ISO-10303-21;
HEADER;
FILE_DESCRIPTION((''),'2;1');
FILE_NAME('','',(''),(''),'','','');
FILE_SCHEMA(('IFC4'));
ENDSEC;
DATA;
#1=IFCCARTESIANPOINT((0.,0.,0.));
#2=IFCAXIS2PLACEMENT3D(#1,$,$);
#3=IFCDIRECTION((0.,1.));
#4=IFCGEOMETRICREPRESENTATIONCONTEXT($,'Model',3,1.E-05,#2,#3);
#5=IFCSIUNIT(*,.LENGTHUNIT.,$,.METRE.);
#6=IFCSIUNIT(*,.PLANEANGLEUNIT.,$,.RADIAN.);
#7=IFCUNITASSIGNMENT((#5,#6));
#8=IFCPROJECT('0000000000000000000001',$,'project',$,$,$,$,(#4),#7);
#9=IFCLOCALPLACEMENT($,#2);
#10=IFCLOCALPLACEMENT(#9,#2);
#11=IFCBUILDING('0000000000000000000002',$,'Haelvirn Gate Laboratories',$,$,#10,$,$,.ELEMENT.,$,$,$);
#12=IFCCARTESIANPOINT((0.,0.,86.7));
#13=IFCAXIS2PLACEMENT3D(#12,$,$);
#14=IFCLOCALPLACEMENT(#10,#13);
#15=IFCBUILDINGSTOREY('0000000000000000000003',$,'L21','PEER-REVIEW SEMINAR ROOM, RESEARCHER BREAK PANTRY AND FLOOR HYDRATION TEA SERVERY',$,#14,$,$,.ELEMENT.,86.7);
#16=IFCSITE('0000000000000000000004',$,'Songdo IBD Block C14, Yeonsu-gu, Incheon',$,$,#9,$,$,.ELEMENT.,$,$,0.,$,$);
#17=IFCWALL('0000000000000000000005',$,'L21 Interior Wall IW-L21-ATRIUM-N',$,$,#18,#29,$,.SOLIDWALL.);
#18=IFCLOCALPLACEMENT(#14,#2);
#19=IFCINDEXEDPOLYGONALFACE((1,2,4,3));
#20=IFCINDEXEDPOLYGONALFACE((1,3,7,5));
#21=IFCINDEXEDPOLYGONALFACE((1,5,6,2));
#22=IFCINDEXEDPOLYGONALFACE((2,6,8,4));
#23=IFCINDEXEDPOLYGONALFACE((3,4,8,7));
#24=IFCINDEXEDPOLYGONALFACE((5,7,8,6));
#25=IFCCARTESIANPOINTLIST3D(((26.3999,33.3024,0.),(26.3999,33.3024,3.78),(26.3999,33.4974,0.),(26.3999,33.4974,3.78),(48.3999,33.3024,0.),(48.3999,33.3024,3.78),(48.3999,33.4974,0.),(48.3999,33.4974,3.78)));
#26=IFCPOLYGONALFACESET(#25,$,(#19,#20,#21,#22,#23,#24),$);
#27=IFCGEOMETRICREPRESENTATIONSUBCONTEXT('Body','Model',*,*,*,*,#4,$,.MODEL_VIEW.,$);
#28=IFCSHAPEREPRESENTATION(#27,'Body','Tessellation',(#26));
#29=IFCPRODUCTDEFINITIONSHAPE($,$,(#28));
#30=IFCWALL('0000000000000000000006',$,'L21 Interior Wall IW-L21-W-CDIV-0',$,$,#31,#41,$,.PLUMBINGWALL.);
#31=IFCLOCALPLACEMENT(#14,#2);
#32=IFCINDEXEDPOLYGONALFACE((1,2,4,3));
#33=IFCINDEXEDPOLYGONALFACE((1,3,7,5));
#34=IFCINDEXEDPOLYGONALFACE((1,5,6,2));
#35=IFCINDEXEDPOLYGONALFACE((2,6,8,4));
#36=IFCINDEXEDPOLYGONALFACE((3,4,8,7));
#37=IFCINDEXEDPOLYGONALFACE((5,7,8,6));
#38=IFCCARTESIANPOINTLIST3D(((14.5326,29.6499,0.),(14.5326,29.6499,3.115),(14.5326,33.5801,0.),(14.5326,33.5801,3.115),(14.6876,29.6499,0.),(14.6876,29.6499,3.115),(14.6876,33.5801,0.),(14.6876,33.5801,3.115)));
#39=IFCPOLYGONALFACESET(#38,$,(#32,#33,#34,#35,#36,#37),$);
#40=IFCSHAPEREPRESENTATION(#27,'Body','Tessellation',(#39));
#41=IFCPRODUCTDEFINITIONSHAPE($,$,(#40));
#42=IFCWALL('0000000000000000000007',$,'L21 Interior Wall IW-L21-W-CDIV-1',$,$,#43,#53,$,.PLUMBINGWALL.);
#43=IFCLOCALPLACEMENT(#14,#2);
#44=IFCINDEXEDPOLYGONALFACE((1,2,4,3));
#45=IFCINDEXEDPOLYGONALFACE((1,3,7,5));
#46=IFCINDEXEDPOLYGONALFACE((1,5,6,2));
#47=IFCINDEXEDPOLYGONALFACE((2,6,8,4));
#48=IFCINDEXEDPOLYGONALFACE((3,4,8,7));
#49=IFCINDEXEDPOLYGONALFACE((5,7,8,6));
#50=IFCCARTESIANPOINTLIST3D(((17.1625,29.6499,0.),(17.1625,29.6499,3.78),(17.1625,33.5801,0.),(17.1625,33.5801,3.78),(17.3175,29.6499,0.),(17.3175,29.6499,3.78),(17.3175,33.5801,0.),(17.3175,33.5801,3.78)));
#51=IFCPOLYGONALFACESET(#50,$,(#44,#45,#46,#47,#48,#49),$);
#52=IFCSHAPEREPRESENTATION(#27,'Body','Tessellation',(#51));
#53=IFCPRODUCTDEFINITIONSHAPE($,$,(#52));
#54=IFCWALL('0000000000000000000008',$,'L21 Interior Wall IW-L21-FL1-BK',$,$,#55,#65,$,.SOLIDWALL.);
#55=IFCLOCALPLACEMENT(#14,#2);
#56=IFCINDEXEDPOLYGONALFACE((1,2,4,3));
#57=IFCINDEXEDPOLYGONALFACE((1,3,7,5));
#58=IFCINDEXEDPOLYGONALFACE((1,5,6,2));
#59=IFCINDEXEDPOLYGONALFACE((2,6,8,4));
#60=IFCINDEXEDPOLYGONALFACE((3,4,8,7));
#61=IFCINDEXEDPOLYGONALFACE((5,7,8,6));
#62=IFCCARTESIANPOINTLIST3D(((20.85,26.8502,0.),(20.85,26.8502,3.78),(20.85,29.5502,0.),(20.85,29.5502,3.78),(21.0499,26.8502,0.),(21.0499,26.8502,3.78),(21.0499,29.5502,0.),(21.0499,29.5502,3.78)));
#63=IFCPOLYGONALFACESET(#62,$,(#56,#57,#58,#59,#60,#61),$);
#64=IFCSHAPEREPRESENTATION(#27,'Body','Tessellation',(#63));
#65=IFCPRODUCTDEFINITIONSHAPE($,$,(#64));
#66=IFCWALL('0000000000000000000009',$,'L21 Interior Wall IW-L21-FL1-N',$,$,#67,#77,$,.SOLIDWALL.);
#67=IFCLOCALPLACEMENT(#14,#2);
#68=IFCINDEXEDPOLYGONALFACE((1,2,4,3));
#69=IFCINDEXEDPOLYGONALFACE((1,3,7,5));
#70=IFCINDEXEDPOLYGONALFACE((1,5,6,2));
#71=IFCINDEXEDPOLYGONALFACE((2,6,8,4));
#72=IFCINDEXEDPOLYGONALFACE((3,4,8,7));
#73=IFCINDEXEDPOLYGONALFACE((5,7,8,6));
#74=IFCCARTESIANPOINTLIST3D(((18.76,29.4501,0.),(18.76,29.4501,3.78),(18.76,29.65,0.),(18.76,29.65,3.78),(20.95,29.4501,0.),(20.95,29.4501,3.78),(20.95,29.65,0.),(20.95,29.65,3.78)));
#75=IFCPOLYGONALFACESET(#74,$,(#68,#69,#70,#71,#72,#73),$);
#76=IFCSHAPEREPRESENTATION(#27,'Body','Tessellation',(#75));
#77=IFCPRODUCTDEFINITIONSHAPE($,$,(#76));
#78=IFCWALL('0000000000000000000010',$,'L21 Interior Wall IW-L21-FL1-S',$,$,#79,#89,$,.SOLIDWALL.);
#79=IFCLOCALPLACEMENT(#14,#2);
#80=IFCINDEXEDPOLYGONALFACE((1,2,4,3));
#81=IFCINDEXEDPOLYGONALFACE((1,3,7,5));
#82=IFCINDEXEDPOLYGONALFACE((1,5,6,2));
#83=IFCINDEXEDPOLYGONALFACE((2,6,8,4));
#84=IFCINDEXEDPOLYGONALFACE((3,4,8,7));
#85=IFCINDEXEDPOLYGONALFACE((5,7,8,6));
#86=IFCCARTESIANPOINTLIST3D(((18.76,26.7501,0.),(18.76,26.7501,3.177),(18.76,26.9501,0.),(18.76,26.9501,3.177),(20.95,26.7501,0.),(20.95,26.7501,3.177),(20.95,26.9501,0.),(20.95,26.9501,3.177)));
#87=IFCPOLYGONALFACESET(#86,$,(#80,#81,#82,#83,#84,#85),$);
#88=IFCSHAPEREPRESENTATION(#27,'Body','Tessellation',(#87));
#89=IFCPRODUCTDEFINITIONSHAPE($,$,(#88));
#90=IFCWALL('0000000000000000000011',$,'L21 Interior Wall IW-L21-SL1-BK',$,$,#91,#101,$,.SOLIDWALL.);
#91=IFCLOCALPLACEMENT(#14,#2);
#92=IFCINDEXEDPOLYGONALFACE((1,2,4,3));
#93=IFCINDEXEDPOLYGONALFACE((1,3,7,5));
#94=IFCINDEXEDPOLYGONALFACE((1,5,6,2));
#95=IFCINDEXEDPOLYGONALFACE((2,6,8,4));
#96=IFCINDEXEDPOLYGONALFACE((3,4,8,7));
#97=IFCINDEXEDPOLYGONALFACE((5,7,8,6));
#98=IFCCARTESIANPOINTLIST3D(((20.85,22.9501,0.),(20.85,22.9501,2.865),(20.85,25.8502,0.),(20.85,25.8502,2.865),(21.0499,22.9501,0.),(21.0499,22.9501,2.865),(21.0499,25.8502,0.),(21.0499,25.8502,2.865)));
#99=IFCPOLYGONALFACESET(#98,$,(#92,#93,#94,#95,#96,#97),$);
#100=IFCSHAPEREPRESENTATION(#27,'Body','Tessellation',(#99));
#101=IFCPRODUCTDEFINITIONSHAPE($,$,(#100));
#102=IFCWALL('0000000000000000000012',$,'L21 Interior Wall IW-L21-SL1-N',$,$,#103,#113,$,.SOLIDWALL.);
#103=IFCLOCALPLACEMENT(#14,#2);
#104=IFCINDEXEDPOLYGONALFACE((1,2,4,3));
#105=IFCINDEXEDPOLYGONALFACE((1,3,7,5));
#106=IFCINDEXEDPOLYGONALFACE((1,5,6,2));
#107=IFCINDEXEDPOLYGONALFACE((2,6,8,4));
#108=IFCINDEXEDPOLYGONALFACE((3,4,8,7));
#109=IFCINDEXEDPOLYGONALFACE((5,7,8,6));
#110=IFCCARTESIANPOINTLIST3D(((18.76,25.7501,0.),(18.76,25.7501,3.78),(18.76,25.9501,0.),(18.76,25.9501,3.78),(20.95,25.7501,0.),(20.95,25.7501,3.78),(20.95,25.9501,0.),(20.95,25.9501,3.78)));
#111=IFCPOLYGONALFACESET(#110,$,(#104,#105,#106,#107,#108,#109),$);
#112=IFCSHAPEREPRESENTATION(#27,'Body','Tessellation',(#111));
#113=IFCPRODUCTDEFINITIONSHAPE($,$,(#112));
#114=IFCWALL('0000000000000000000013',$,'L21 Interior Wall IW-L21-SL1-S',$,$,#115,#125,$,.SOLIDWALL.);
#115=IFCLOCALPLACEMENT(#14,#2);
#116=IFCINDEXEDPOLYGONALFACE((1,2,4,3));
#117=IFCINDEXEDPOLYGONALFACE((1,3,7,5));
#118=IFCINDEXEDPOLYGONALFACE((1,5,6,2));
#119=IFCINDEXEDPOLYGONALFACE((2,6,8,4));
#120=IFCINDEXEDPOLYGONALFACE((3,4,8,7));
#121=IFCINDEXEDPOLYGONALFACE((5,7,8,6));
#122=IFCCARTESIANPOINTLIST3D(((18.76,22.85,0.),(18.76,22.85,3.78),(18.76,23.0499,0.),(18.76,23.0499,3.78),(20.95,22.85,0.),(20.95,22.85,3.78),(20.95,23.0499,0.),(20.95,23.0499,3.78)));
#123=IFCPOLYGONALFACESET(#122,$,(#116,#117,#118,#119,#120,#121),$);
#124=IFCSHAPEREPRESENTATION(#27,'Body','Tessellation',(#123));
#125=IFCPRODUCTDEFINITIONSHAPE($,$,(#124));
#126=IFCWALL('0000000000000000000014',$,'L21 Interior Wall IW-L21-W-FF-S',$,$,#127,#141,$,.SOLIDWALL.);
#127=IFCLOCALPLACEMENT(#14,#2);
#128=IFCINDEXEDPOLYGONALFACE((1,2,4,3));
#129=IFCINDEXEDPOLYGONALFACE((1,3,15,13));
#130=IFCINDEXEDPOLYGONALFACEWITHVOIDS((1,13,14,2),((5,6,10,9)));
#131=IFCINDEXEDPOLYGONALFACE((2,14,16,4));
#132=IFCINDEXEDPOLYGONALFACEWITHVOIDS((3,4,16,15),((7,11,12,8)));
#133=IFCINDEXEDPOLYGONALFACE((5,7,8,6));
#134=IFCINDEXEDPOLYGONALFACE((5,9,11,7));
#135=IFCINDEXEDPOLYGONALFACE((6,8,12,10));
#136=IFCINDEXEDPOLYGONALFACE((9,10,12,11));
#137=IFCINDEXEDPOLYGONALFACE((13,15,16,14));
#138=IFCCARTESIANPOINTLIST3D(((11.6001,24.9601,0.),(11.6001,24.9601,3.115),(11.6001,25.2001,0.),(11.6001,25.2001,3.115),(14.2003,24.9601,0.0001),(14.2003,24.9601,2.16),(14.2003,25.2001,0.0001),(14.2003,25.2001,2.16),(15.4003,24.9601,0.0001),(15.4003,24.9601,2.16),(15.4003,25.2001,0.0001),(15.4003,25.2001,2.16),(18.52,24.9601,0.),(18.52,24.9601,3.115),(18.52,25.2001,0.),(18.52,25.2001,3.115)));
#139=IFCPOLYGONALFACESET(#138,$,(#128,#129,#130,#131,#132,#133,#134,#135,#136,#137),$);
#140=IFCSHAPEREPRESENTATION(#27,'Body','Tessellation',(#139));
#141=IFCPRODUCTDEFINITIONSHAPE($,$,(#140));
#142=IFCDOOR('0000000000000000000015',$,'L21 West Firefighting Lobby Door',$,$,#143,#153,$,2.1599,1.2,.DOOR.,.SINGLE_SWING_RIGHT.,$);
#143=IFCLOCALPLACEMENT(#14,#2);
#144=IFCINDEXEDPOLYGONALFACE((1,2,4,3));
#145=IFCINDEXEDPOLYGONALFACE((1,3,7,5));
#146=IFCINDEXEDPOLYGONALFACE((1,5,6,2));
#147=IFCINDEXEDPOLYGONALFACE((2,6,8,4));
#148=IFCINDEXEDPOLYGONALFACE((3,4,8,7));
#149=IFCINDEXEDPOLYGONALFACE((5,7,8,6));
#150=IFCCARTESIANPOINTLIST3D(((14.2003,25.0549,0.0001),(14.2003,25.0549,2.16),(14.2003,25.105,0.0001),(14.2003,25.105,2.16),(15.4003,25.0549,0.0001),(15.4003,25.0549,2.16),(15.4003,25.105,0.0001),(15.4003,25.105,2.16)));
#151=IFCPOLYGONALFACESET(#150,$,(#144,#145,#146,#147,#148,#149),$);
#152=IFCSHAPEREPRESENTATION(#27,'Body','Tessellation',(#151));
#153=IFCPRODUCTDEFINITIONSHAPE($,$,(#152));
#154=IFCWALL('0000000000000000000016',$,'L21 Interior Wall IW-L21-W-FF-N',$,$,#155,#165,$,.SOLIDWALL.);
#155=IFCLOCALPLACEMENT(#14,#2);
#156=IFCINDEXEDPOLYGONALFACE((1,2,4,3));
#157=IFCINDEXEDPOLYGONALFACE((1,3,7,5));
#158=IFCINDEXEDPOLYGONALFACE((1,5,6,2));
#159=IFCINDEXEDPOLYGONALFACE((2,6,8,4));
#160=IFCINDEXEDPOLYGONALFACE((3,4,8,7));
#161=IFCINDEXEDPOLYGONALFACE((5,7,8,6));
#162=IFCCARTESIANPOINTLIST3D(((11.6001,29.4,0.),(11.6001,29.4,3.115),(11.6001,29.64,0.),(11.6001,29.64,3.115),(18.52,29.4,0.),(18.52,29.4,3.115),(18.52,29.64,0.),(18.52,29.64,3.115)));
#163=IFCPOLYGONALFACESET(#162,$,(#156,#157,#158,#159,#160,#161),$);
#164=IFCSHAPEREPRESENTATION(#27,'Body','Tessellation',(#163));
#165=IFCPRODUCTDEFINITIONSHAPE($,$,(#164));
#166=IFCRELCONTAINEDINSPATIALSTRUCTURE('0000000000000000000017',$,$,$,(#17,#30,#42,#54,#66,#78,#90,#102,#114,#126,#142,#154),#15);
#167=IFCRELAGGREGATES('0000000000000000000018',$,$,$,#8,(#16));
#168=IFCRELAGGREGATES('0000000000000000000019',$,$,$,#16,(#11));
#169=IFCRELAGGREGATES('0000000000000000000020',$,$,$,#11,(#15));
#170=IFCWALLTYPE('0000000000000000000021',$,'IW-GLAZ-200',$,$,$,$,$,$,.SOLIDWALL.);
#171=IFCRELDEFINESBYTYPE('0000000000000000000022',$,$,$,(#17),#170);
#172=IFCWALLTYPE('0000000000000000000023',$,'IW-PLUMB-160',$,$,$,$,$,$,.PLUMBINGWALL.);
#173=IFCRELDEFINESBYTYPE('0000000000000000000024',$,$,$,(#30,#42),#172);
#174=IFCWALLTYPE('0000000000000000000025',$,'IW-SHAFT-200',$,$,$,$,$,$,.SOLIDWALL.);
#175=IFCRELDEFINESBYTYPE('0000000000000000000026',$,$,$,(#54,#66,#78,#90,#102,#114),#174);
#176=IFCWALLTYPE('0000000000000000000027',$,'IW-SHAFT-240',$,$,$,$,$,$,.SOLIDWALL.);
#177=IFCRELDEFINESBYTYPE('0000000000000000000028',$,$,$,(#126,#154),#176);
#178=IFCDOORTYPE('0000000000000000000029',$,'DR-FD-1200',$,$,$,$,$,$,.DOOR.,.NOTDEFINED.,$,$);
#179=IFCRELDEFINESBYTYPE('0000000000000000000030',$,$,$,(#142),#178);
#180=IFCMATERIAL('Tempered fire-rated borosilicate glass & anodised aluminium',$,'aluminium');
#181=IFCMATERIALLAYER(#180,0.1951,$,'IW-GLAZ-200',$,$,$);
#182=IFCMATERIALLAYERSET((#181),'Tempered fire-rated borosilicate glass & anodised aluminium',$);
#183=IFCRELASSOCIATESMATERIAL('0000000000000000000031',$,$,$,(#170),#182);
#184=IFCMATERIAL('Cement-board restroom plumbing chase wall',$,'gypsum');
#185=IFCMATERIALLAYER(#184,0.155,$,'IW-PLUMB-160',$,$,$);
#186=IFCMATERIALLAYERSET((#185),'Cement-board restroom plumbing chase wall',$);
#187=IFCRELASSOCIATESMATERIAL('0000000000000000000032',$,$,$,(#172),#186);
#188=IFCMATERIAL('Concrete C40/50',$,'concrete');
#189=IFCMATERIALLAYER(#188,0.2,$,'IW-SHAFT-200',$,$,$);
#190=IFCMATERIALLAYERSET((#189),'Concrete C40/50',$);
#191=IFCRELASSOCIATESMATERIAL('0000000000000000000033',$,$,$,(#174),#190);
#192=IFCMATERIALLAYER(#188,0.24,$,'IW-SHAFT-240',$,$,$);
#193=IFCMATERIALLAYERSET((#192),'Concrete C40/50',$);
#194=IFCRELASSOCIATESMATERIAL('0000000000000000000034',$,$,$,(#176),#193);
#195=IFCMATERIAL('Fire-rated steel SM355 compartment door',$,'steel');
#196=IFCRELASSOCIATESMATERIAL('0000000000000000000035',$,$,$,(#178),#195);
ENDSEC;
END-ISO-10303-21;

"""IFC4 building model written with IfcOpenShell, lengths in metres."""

from ifc_helpers import new_model, si_unit, direction, frame, frame_2d, origin, place, context, subcontext, project, spatial, rectangle, extrude, source, transform, mapped, material, layer, layer_set, type_object, type_shapes, element, fill, save


model = new_model("IFC4")

# Units and contexts
model_context = context("Model", 3, precision=1e-05, world=origin(), true_north=direction((0.0, 1.0)))
body_context = subcontext(model_context, "Body", "Model", "MODEL_VIEW")
ifc_project = project(units=[si_unit("LENGTHUNIT", "METRE"), si_unit("PLANEANGLEUNIT", "RADIAN")], contexts=[model_context])

# Site, building, storey
site_placement = place(None, origin())
site = spatial("IfcSite", under=ifc_project, at=site_placement, Name="Songdo IBD Block C14, Yeonsu-gu, Incheon", CompositionType="ELEMENT", RefElevation=0.0)
building_placement = place(site_placement, origin())
building = spatial("IfcBuilding", under=site, at=building_placement, Name="Haelvirn Gate Laboratories", CompositionType="ELEMENT")
storey_placement = place(building_placement, frame((0.0, 0.0, 86.7)))
storey = spatial("IfcBuildingStorey", under=building, at=storey_placement, Name="L21", Description="PEER-REVIEW SEMINAR ROOM, RESEARCHER BREAK PANTRY AND FLOOR HYDRATION TEA SERVERY", CompositionType="ELEMENT", Elevation=86.7)

# Walls
ifc_material_1 = material(Name="Tempered fire-rated borosilicate glass & anodised aluminium", Category="aluminium")
ifc_layer_1 = layer(ifc_material_1, 0.1951, Name="IW-GLAZ-200")
ifc_layer_set_1 = layer_set([ifc_layer_1], Name="Tempered fire-rated borosilicate glass & anodised aluminium")
wall_type_1 = type_object("IfcWallType", Name="IW-GLAZ-200", PredefinedType="SOLIDWALL", material=ifc_layer_set_1)
wall_1_placement = place(storey_placement, frame((26.3999, 33.3999, 0.0), z_axis=(0.0, 0.0, 1.0), x_axis=(1.0, 0.0, 0.0)))
element("IfcWall", 1, at=wall_1_placement, inside=storey, type_object=wall_type_1, Name="L21 Interior Wall IW-L21-ATRIUM-N", PredefinedType="SOLIDWALL", context=body_context, shape_type="SweptSolid", body=[
    extrude(rectangle(XDim=22.0, YDim=0.1951, at=frame_2d((11.0, 0.0))), origin(), (0.0, 0.0, 1.0), 3.78),
])
ifc_material_2 = material(Name="Cement-board restroom plumbing chase wall", Category="gypsum")
ifc_layer_2 = layer(ifc_material_2, 0.155, Name="IW-PLUMB-160")
ifc_layer_set_2 = layer_set([ifc_layer_2], Name="Cement-board restroom plumbing chase wall")
wall_type_2 = type_object("IfcWallType", Name="IW-PLUMB-160", PredefinedType="PLUMBINGWALL", material=ifc_layer_set_2)
wall_2_placement = place(storey_placement, frame((14.6101, 29.6499, 0.0), z_axis=(0.0, 0.0, 1.0), x_axis=(0.0, 1.0, 0.0)))
element("IfcWall", 2, at=wall_2_placement, inside=storey, type_object=wall_type_2, Name="L21 Interior Wall IW-L21-W-CDIV-0", PredefinedType="PLUMBINGWALL", context=body_context, shape_type="SweptSolid", body=[
    extrude(rectangle(XDim=3.9302, YDim=0.155, at=frame_2d((1.9651, 0.0))), origin(), (0.0, 0.0, 1.0), 3.115),
])
wall_3_placement = place(storey_placement, frame((17.24, 29.6499, 0.0), z_axis=(0.0, 0.0, 1.0), x_axis=(0.0, 1.0, 0.0)))
element("IfcWall", 3, at=wall_3_placement, inside=storey, type_object=wall_type_2, Name="L21 Interior Wall IW-L21-W-CDIV-1", PredefinedType="PLUMBINGWALL", context=body_context, shape_type="SweptSolid", body=[
    extrude(rectangle(XDim=3.9302, YDim=0.155, at=frame_2d((1.9651, 0.0))), origin(), (0.0, 0.0, 1.0), 3.78),
])
ifc_material_3 = material(Name="Concrete C40/50", Category="concrete")
ifc_layer_3 = layer(ifc_material_3, 0.2, Name="IW-SHAFT-200")
ifc_layer_set_3 = layer_set([ifc_layer_3], Name="Concrete C40/50")
wall_type_3 = type_object("IfcWallType", Name="IW-SHAFT-200", PredefinedType="SOLIDWALL", material=ifc_layer_set_3)
wall_4_placement = place(storey_placement, frame((20.95, 26.8501, 0.0), z_axis=(0.0, 0.0, 1.0), x_axis=(0.0, 1.0, 0.0)))
element("IfcWall", 4, at=wall_4_placement, inside=storey, type_object=wall_type_3, Name="L21 Interior Wall IW-L21-FL1-BK", PredefinedType="SOLIDWALL", context=body_context, shape_type="SweptSolid", body=[
    extrude(rectangle(XDim=2.7, YDim=0.2, at=frame_2d((1.3501, 0.0))), origin(), (0.0, 0.0, 1.0), 3.78),
])
wall_5_placement = place(storey_placement, frame((18.76, 29.55, 0.0), z_axis=(0.0, 0.0, 1.0), x_axis=(1.0, 0.0, 0.0)))
element("IfcWall", 5, at=wall_5_placement, inside=storey, type_object=wall_type_3, Name="L21 Interior Wall IW-L21-FL1-N", PredefinedType="SOLIDWALL", context=body_context, shape_type="SweptSolid", body=[
    extrude(rectangle(XDim=2.1899, YDim=0.2, at=frame_2d((1.095, 0.0))), origin(), (0.0, 0.0, 1.0), 3.78),
])
wall_6_placement = place(storey_placement, frame((18.76, 26.8501, 0.0), z_axis=(0.0, 0.0, 1.0), x_axis=(1.0, 0.0, 0.0)))
element("IfcWall", 6, at=wall_6_placement, inside=storey, type_object=wall_type_3, Name="L21 Interior Wall IW-L21-FL1-S", PredefinedType="SOLIDWALL", context=body_context, shape_type="SweptSolid", body=[
    extrude(rectangle(XDim=2.1899, YDim=0.2, at=frame_2d((1.095, 0.0))), origin(), (0.0, 0.0, 1.0), 3.177),
])
wall_7_placement = place(storey_placement, frame((20.95, 22.95, 0.0), z_axis=(0.0, 0.0, 1.0), x_axis=(0.0, 1.0, 0.0)))
element("IfcWall", 7, at=wall_7_placement, inside=storey, type_object=wall_type_3, Name="L21 Interior Wall IW-L21-SL1-BK", PredefinedType="SOLIDWALL", context=body_context, shape_type="SweptSolid", body=[
    extrude(rectangle(XDim=2.9001, YDim=0.2, at=frame_2d((1.4502, 0.0))), origin(), (0.0, 0.0, 1.0), 2.865),
])
for number, where, z_axis, x_axis, name in (
    (8, (18.76, 25.8501, 0.0), (0.0, 0.0, 1.0), (1.0, 0.0, 0.0), "L21 Interior Wall IW-L21-SL1-N"),
    (9, (18.76, 22.95, 0.0), (0.0, 0.0, 1.0), (1.0, 0.0, 0.0), "L21 Interior Wall IW-L21-SL1-S"),
):
    element("IfcWall", number, at=place(storey_placement, frame(where, z_axis=z_axis, x_axis=x_axis)), inside=storey, type_object=wall_type_3, Name=name, PredefinedType="SOLIDWALL", context=body_context, shape_type="SweptSolid", body=[
        extrude(rectangle(XDim=2.1899, YDim=0.2, at=frame_2d((1.095, 0.0))), origin(), (0.0, 0.0, 1.0), 3.78),
    ])

# Wall, opening, door
ifc_layer_4 = layer(ifc_material_3, 0.24, Name="IW-SHAFT-240")
ifc_layer_set_4 = layer_set([ifc_layer_4], Name="Concrete C40/50")
wall_type_4 = type_object("IfcWallType", Name="IW-SHAFT-240", PredefinedType="SOLIDWALL", material=ifc_layer_set_4)
wall_8_placement = place(storey_placement, frame((11.6001, 25.0801, 0.0), z_axis=(0.0, 0.0, 1.0), x_axis=(1.0, 0.0, 0.0)))
wall_8 = element("IfcWall", 10, at=wall_8_placement, inside=storey, type_object=wall_type_4, Name="L21 Interior Wall IW-L21-W-FF-S", PredefinedType="SOLIDWALL", context=body_context, shape_type="SweptSolid", body=[
    extrude(rectangle(XDim=6.9199, YDim=0.24, at=frame_2d((3.46, 0.0))), origin(), (0.0, 0.0, 1.0), 3.115),
])
opening_1_placement = place(wall_8_placement, frame((2.6001, 0.0, 0.0)))
opening_1 = element("IfcOpeningElement", 11, at=opening_1_placement, cuts=wall_8, PredefinedType="OPENING", context=body_context, shape_type="SweptSolid", body=[
    extrude(rectangle(XDim=1.2, YDim=2.1599, at=frame_2d((0.6001, 1.0801))), frame((0.0, 0.1299, 0.0), z_axis=(0.0, -1.0, 0.0), x_axis=(1.0, 0.0, 0.0)), (0.0, 0.0, 1.0), 0.26),
])
ifc_material_4 = material(Name="Fire-rated steel SM355 compartment door", Category="steel")
door_type_1 = type_object("IfcDoorType", Name="DR-FD-1200", OperationType="NOTDEFINED", PredefinedType="DOOR", material=ifc_material_4)
shared_shape_1 = source(origin(), body_context, "Body", "SweptSolid", [
    extrude(rectangle(XDim=1.2, YDim=2.1599, at=frame_2d((0.6001, 1.0801))), frame((0.0, 0.0249, 0.0), z_axis=(0.0, -1.0, 0.0), x_axis=(1.0, 0.0, 0.0)), (0.0, 0.0, 1.0), 0.05),
])
type_shapes(door_type_1, [shared_shape_1])
door_1_placement = place(opening_1_placement, origin())
door_1 = element("IfcDoor", 12, at=door_1_placement, inside=storey, type_object=door_type_1, Name="L21 West Firefighting Lobby Door", OperationType="SINGLE_SWING_RIGHT", OverallHeight=2.1599, OverallWidth=1.2, PredefinedType="DOOR", context=body_context, shape_type="MappedRepresentation", body=[
    mapped(shared_shape_1, transform((0.0, 0.0, 0.0), scale=1.0)),
])
fill(opening_1, door_1)

# Wall
wall_9_placement = place(storey_placement, frame((11.6001, 29.52, 0.0), z_axis=(0.0, 0.0, 1.0), x_axis=(1.0, 0.0, 0.0)))
element("IfcWall", 13, at=wall_9_placement, inside=storey, type_object=wall_type_4, Name="L21 Interior Wall IW-L21-W-FF-N", PredefinedType="SOLIDWALL", context=body_context, shape_type="SweptSolid", body=[
    extrude(rectangle(XDim=6.9199, YDim=0.24, at=frame_2d((3.46, 0.0))), origin(), (0.0, 0.0, 1.0), 3.115),
])

save(model, "model.ifc")
